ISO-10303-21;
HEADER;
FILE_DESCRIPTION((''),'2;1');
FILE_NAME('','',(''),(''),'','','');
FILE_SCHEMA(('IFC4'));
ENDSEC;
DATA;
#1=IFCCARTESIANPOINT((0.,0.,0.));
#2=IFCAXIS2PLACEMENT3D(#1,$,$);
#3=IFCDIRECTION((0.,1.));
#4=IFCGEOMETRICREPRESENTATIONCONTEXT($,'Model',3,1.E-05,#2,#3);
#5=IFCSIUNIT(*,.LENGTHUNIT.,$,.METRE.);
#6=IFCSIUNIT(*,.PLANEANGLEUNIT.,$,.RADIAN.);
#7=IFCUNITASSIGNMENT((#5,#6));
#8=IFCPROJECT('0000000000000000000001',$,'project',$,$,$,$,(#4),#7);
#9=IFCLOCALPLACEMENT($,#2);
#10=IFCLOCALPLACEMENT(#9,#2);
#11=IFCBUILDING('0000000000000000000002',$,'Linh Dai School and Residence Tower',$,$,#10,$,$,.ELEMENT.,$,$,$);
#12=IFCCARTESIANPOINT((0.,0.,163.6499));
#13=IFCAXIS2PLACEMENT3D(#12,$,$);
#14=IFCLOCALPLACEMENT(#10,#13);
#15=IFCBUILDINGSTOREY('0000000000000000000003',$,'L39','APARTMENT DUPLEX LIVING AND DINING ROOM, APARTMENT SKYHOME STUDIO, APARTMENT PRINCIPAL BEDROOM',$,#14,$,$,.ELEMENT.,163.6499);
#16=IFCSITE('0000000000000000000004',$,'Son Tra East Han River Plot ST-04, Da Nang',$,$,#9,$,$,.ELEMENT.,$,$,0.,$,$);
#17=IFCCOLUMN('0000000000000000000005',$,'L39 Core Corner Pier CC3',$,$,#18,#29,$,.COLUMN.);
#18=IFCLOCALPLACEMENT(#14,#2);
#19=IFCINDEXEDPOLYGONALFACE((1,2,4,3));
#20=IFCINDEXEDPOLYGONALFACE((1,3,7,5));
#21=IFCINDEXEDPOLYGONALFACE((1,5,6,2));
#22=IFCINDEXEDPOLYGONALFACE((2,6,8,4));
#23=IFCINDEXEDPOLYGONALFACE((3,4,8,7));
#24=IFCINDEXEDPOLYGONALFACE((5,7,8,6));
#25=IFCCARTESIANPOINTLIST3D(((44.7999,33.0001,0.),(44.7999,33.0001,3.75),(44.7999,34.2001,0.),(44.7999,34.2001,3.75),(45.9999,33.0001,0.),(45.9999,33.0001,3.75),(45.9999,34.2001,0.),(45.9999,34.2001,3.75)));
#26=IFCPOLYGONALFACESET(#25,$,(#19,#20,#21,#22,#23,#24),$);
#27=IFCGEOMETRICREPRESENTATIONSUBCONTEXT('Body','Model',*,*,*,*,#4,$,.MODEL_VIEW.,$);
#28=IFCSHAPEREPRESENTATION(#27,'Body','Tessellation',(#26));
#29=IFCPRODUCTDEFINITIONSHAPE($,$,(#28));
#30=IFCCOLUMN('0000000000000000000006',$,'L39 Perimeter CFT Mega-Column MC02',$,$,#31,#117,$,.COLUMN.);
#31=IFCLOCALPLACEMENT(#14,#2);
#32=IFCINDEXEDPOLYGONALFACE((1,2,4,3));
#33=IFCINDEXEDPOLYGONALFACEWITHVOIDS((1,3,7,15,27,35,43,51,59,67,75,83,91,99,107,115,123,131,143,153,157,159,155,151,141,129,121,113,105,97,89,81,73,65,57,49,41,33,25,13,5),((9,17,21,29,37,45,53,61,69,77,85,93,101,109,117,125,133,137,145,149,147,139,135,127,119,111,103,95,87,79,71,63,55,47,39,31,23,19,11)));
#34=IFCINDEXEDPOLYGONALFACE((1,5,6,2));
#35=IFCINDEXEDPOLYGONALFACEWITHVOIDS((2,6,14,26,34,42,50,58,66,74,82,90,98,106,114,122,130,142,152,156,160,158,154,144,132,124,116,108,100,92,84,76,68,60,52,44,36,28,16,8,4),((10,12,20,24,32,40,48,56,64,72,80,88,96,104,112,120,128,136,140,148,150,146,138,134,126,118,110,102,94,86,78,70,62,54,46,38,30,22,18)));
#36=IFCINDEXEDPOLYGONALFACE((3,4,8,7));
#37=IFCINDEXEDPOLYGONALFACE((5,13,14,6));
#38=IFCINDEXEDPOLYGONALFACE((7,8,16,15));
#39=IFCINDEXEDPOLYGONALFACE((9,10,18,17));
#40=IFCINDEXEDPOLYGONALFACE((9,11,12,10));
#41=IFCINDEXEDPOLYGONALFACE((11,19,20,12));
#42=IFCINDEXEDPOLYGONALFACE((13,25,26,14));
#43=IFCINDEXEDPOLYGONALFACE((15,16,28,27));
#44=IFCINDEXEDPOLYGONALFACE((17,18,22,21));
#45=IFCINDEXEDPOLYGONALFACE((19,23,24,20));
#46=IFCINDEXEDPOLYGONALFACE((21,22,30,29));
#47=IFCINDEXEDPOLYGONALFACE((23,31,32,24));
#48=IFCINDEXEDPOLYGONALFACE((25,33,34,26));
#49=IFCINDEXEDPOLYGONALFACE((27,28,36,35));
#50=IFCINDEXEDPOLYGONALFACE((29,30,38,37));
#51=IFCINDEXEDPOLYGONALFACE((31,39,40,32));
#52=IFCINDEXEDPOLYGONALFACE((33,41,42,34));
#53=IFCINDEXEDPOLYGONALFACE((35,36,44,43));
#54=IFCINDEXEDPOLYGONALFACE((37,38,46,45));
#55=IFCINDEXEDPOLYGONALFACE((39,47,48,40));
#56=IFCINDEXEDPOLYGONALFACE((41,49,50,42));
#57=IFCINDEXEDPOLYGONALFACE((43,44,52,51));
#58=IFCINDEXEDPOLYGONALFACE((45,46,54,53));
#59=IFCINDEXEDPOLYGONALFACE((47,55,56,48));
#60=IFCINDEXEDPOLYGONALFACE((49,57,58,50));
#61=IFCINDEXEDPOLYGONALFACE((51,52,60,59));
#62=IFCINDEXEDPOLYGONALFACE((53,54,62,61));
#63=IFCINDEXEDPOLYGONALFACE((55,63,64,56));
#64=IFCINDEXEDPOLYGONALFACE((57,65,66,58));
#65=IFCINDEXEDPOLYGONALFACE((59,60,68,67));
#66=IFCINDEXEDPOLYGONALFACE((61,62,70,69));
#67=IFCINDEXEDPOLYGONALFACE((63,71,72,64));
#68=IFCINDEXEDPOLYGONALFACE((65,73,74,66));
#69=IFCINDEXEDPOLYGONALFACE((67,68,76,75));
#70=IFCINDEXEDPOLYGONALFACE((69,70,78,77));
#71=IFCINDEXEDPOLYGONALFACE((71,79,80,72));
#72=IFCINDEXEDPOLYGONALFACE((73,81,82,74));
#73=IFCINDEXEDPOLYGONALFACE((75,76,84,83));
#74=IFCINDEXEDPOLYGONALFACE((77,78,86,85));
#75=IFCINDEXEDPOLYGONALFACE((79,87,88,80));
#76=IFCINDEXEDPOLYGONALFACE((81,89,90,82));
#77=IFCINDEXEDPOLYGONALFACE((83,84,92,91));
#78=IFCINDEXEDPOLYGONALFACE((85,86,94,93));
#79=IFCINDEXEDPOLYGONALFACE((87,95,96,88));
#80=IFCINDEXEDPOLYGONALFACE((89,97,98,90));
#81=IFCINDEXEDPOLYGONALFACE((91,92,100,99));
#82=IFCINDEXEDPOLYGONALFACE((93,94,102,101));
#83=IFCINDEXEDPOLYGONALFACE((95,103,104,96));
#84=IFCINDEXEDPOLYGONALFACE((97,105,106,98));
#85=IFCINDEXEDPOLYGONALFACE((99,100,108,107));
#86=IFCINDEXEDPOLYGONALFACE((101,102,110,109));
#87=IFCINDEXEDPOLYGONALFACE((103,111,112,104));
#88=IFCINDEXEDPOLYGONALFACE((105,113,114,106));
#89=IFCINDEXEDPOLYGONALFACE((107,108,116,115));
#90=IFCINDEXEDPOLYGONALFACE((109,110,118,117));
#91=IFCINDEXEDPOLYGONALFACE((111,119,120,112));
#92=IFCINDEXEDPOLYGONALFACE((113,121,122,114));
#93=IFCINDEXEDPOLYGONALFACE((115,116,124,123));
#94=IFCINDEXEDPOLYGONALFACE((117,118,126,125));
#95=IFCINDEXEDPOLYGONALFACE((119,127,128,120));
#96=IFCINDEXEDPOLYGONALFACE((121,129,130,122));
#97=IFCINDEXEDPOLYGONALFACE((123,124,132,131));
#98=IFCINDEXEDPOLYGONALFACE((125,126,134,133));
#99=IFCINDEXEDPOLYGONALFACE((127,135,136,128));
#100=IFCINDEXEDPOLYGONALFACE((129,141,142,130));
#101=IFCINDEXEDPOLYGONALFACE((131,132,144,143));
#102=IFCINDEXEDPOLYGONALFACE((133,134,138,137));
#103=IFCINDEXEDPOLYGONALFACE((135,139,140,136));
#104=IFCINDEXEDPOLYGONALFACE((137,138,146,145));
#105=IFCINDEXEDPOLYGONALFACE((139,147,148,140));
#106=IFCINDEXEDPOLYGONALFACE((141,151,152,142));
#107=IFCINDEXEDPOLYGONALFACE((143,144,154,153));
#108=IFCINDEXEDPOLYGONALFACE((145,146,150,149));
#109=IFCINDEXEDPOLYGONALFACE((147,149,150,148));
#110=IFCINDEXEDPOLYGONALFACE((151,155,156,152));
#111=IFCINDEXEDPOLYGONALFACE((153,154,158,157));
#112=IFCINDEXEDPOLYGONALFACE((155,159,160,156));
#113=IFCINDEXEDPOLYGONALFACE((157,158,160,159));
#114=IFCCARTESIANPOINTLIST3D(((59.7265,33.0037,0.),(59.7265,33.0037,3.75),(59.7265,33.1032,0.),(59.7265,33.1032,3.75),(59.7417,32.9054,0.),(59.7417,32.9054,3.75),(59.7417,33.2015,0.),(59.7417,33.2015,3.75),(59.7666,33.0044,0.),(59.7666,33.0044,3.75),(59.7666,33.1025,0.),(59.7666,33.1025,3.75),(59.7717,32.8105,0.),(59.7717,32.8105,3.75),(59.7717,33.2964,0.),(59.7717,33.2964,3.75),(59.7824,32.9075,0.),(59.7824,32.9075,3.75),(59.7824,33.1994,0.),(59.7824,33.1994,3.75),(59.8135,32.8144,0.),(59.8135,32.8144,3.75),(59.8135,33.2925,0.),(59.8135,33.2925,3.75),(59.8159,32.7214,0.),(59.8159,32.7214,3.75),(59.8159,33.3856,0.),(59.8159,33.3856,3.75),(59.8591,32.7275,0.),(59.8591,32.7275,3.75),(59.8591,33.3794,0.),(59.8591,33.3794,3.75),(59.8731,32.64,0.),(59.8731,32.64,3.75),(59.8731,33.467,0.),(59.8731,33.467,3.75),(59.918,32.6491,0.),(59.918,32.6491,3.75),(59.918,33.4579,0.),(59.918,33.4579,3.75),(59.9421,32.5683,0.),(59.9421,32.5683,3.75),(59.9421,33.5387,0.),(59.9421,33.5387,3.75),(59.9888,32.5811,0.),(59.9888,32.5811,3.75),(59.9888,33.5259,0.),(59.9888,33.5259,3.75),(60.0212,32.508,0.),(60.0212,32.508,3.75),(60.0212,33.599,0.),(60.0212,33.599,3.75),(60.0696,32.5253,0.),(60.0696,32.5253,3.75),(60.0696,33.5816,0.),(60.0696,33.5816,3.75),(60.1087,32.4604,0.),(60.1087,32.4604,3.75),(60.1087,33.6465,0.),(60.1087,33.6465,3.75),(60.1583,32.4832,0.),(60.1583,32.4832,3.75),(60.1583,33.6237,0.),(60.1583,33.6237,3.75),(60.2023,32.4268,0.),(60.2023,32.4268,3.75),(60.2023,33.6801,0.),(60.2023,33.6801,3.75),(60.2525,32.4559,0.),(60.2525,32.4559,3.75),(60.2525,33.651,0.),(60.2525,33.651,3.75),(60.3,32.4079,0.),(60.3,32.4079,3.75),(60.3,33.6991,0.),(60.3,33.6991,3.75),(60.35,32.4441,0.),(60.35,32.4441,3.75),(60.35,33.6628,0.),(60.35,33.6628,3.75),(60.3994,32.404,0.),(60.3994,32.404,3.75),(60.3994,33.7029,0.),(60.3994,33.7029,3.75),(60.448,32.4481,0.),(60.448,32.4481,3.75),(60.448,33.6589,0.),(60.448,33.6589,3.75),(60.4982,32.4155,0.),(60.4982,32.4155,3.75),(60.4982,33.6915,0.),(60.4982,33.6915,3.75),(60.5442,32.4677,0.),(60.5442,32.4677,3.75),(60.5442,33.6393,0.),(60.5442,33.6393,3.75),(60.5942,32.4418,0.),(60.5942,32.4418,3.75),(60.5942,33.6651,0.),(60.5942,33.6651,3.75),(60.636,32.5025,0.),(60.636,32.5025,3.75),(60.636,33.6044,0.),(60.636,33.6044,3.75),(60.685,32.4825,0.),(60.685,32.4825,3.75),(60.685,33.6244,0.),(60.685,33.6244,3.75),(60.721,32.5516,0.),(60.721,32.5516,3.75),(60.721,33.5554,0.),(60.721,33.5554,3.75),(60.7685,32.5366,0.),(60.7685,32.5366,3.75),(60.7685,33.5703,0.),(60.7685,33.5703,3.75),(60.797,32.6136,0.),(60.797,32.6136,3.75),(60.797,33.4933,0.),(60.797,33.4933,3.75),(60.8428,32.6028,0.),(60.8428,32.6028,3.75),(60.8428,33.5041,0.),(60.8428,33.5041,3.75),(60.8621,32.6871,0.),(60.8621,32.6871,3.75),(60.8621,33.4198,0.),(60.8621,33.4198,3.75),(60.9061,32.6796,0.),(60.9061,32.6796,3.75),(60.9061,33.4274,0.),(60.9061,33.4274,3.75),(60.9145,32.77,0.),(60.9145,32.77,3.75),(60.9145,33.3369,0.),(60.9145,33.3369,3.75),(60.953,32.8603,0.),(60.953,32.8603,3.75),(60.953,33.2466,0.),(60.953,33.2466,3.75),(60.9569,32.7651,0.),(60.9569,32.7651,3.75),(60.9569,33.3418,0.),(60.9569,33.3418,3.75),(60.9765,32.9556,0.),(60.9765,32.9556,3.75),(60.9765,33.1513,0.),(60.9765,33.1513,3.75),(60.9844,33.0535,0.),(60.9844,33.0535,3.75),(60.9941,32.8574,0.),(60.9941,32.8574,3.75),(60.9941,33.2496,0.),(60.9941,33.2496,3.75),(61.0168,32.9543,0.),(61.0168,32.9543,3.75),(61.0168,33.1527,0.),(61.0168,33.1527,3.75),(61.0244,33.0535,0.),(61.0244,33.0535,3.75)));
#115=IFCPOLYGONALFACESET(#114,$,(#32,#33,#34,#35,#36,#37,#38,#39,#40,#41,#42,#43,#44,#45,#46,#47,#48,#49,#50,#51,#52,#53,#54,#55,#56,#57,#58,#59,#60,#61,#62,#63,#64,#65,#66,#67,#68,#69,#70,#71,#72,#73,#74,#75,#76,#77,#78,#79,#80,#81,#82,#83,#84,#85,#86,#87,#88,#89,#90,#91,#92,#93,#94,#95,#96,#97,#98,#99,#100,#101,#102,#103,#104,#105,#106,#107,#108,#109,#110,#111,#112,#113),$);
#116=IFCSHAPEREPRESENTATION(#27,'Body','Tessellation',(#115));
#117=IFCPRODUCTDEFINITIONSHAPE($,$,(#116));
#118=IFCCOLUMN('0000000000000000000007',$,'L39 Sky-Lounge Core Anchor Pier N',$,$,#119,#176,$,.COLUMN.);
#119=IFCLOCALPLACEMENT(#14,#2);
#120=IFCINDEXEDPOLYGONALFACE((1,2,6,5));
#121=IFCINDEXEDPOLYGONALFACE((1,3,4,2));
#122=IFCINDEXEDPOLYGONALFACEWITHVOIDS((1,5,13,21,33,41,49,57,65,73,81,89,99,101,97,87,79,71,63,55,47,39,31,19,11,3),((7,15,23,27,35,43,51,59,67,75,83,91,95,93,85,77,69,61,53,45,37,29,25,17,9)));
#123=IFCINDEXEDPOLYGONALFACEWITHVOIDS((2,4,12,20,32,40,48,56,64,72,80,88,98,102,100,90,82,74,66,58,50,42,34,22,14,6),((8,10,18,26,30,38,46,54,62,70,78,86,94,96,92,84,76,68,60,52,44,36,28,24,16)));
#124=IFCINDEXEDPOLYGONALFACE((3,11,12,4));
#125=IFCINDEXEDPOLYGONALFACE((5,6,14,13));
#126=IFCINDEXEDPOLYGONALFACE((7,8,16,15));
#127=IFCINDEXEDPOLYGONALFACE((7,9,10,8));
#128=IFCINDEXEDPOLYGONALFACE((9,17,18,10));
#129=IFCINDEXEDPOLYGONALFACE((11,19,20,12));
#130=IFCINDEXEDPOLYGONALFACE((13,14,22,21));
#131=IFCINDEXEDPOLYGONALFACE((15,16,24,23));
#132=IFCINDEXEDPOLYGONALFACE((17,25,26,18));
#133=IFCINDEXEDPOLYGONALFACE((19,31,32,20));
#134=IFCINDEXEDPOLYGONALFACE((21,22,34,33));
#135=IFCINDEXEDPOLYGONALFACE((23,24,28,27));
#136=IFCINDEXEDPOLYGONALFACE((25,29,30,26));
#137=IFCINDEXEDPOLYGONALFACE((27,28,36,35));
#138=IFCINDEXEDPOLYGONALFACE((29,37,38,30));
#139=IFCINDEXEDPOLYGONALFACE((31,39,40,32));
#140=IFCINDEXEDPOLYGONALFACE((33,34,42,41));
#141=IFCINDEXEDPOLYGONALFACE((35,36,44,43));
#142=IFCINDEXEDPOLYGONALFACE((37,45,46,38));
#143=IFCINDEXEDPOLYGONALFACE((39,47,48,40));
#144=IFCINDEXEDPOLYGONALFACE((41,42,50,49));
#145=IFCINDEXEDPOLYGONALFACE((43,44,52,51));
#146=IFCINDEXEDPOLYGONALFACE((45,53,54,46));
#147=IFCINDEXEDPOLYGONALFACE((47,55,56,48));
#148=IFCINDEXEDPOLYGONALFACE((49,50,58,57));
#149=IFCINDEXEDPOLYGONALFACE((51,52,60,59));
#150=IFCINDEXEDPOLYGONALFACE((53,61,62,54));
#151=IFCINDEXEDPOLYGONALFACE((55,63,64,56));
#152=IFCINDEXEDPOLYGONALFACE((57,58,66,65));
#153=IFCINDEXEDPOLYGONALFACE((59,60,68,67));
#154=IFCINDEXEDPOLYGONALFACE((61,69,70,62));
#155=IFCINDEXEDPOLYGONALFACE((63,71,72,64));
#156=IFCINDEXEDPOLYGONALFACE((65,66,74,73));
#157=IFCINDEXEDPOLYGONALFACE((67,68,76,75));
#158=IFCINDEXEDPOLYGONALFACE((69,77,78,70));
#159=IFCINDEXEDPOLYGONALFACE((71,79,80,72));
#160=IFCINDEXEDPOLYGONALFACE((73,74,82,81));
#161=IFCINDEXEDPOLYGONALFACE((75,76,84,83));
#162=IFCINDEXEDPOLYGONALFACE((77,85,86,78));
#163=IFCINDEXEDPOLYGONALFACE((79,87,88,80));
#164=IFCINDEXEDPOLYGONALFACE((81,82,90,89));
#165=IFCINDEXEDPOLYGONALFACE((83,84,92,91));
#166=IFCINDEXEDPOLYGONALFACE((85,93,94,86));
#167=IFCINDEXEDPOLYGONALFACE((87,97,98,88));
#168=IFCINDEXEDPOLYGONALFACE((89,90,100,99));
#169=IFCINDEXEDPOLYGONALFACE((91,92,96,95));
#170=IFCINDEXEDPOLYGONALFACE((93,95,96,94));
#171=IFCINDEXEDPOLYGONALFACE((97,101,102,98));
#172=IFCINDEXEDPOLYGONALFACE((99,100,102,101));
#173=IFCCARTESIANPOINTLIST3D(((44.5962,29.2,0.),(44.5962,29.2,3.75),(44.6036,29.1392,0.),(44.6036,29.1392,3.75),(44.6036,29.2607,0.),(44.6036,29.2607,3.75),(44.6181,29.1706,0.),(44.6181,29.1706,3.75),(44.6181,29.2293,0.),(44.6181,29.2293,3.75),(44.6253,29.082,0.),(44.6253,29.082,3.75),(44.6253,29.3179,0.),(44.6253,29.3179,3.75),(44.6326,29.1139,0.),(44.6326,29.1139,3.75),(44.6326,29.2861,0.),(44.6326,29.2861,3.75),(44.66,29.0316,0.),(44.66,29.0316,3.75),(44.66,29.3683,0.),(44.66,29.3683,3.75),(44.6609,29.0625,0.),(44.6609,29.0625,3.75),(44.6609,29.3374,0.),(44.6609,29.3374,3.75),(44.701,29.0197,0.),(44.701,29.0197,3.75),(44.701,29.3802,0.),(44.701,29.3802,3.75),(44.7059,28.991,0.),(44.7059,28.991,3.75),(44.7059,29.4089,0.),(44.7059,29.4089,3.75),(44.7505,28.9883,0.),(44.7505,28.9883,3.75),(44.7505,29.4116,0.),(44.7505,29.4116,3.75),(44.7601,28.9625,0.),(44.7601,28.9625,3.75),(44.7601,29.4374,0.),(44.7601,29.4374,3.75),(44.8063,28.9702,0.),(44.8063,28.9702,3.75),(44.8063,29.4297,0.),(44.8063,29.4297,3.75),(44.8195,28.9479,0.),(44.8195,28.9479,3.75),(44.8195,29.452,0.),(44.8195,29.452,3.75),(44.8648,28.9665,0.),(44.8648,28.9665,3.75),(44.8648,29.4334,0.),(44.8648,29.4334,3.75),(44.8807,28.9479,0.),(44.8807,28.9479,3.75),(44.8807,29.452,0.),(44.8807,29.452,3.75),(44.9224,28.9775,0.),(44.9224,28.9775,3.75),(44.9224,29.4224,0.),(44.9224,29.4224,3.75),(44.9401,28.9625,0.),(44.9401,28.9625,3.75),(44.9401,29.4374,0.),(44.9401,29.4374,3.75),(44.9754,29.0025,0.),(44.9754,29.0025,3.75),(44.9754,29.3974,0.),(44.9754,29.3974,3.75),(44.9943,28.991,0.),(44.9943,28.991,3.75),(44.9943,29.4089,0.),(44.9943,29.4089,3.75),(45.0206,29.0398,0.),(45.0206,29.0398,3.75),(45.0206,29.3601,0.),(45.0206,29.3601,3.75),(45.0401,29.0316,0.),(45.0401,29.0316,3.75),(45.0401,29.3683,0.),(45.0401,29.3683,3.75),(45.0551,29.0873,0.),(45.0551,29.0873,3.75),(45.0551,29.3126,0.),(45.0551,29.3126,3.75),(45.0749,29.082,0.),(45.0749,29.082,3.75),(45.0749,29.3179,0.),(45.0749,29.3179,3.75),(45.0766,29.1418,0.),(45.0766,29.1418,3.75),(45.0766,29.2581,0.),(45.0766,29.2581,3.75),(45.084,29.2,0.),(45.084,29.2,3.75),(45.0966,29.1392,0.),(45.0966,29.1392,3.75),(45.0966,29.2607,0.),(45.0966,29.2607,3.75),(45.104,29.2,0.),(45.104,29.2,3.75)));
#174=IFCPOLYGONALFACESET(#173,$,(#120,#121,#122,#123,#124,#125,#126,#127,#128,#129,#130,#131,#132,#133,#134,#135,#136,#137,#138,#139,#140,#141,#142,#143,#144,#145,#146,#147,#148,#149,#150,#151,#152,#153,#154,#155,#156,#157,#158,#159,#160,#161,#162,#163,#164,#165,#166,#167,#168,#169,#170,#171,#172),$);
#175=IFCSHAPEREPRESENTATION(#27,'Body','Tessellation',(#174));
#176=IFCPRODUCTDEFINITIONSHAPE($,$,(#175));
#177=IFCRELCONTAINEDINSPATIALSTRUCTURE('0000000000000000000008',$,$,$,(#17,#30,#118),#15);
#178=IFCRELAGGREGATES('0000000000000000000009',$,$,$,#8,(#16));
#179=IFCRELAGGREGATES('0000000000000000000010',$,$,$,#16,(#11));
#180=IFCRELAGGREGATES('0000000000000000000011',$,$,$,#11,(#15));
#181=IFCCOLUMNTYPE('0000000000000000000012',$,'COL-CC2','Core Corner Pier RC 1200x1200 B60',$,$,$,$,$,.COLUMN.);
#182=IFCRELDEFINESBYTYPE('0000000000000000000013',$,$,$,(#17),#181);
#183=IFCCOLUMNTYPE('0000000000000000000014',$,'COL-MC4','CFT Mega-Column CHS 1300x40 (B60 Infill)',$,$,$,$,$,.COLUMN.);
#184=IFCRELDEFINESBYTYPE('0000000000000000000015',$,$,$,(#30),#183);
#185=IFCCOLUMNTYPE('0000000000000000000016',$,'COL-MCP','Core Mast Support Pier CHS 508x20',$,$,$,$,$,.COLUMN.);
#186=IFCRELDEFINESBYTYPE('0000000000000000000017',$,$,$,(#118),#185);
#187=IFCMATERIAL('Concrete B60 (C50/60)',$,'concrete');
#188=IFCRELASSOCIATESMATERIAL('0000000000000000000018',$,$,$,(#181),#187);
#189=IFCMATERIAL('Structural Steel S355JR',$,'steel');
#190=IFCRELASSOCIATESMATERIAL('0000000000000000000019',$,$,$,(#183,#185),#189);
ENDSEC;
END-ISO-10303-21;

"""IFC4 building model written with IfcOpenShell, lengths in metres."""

from ifc_helpers import new_model, si_unit, direction, frame, origin, origin_2d, place, context, subcontext, project, spatial, rectangle, hollow_circle, extrude, material, material_profile, profile_set, type_object, element, save


model = new_model("IFC4")

# Units and contexts
model_context = context("Model", 3, precision=1e-05, world=origin(), true_north=direction((0.0, 1.0)))
body_context = subcontext(model_context, "Body", "Model", "MODEL_VIEW")
ifc_project = project(units=[si_unit("LENGTHUNIT", "METRE"), si_unit("PLANEANGLEUNIT", "RADIAN")], contexts=[model_context])

# Site, building, storey
site_placement = place(None, origin())
site = spatial("IfcSite", under=ifc_project, at=site_placement, Name="Son Tra East Han River Plot ST-04, Da Nang", CompositionType="ELEMENT", RefElevation=0.0)
building_placement = place(site_placement, origin())
building = spatial("IfcBuilding", under=site, at=building_placement, Name="Linh Dai School and Residence Tower", CompositionType="ELEMENT")
storey_placement = place(building_placement, frame((0.0, 0.0, 163.6499)))
storey = spatial("IfcBuildingStorey", under=building, at=storey_placement, Name="L39", Description="APARTMENT DUPLEX LIVING AND DINING ROOM, APARTMENT SKYHOME STUDIO, APARTMENT PRINCIPAL BEDROOM", CompositionType="ELEMENT", Elevation=163.6499)

# Columns
ifc_material_1 = material(Name="Concrete B60 (C50/60)", Category="concrete")
ifc_material_profile_1 = material_profile(ifc_material_1, rectangle(XDim=1.2, YDim=1.2, at=origin_2d()), Name="RC 1200x1200")
ifc_profile_set_1 = profile_set([ifc_material_profile_1], Name="Concrete B60 (C50/60)")
column_type_1 = type_object("IfcColumnType", Name="COL-CC2", Description="Core Corner Pier RC 1200x1200 B60", PredefinedType="COLUMN", material=ifc_profile_set_1)
column_1_placement = place(storey_placement, frame((45.3999, 33.6001, 0.0), z_axis=(0.0, 0.0, 1.0), x_axis=(1.0, 0.0, 0.0)))
element("IfcColumn", 1, at=column_1_placement, inside=storey, type_object=column_type_1, Name="L39 Core Corner Pier CC3", PredefinedType="COLUMN", context=body_context, shape_type="SweptSolid", body=[
    extrude(rectangle(XDim=1.2, YDim=1.2, at=origin_2d()), origin(), (0.0, 0.0, 1.0), 3.75),
])
ifc_material_2 = material(Name="Structural Steel S355JR", Category="steel")
ifc_material_profile_2 = material_profile(ifc_material_2, hollow_circle(Radius=0.6499, WallThickness=0.04, at=origin_2d()), Name="CHS 1300x40")
ifc_profile_set_2 = profile_set([ifc_material_profile_2], Name="Structural Steel S355JR")
column_type_2 = type_object("IfcColumnType", Name="COL-MC4", Description="CFT Mega-Column CHS 1300x40 (B60 Infill)", PredefinedType="COLUMN", material=ifc_profile_set_2)
column_2_placement = place(storey_placement, frame((60.3745, 33.0535, 0.0), z_axis=(0.0, 0.0, 1.0), x_axis=(1.0, 0.0, 0.0)))
element("IfcColumn", 2, at=column_2_placement, inside=storey, type_object=column_type_2, Name="L39 Perimeter CFT Mega-Column MC02", PredefinedType="COLUMN", context=body_context, shape_type="SweptSolid", body=[
    extrude(hollow_circle(Radius=0.6499, WallThickness=0.04, at=origin_2d()), origin(), (0.0, 0.0, 1.0), 3.75),
])
ifc_material_profile_3 = material_profile(ifc_material_2, hollow_circle(Radius=0.2539, WallThickness=0.02, at=origin_2d()), Name="CHS 508x20")
ifc_profile_set_3 = profile_set([ifc_material_profile_3], Name="Structural Steel S355JR")
column_type_3 = type_object("IfcColumnType", Name="COL-MCP", Description="Core Mast Support Pier CHS 508x20", PredefinedType="COLUMN", material=ifc_profile_set_3)
column_3_placement = place(storey_placement, frame((44.8501, 29.2, 0.0), z_axis=(0.0, 0.0, 1.0), x_axis=(1.0, 0.0, 0.0)))
element("IfcColumn", 3, at=column_3_placement, inside=storey, type_object=column_type_3, Name="L39 Sky-Lounge Core Anchor Pier N", PredefinedType="COLUMN", context=body_context, shape_type="SweptSolid", body=[
    extrude(hollow_circle(Radius=0.2539, WallThickness=0.02, at=origin_2d()), origin(), (0.0, 0.0, 1.0), 3.75),
])

save(model, "model.ifc")
